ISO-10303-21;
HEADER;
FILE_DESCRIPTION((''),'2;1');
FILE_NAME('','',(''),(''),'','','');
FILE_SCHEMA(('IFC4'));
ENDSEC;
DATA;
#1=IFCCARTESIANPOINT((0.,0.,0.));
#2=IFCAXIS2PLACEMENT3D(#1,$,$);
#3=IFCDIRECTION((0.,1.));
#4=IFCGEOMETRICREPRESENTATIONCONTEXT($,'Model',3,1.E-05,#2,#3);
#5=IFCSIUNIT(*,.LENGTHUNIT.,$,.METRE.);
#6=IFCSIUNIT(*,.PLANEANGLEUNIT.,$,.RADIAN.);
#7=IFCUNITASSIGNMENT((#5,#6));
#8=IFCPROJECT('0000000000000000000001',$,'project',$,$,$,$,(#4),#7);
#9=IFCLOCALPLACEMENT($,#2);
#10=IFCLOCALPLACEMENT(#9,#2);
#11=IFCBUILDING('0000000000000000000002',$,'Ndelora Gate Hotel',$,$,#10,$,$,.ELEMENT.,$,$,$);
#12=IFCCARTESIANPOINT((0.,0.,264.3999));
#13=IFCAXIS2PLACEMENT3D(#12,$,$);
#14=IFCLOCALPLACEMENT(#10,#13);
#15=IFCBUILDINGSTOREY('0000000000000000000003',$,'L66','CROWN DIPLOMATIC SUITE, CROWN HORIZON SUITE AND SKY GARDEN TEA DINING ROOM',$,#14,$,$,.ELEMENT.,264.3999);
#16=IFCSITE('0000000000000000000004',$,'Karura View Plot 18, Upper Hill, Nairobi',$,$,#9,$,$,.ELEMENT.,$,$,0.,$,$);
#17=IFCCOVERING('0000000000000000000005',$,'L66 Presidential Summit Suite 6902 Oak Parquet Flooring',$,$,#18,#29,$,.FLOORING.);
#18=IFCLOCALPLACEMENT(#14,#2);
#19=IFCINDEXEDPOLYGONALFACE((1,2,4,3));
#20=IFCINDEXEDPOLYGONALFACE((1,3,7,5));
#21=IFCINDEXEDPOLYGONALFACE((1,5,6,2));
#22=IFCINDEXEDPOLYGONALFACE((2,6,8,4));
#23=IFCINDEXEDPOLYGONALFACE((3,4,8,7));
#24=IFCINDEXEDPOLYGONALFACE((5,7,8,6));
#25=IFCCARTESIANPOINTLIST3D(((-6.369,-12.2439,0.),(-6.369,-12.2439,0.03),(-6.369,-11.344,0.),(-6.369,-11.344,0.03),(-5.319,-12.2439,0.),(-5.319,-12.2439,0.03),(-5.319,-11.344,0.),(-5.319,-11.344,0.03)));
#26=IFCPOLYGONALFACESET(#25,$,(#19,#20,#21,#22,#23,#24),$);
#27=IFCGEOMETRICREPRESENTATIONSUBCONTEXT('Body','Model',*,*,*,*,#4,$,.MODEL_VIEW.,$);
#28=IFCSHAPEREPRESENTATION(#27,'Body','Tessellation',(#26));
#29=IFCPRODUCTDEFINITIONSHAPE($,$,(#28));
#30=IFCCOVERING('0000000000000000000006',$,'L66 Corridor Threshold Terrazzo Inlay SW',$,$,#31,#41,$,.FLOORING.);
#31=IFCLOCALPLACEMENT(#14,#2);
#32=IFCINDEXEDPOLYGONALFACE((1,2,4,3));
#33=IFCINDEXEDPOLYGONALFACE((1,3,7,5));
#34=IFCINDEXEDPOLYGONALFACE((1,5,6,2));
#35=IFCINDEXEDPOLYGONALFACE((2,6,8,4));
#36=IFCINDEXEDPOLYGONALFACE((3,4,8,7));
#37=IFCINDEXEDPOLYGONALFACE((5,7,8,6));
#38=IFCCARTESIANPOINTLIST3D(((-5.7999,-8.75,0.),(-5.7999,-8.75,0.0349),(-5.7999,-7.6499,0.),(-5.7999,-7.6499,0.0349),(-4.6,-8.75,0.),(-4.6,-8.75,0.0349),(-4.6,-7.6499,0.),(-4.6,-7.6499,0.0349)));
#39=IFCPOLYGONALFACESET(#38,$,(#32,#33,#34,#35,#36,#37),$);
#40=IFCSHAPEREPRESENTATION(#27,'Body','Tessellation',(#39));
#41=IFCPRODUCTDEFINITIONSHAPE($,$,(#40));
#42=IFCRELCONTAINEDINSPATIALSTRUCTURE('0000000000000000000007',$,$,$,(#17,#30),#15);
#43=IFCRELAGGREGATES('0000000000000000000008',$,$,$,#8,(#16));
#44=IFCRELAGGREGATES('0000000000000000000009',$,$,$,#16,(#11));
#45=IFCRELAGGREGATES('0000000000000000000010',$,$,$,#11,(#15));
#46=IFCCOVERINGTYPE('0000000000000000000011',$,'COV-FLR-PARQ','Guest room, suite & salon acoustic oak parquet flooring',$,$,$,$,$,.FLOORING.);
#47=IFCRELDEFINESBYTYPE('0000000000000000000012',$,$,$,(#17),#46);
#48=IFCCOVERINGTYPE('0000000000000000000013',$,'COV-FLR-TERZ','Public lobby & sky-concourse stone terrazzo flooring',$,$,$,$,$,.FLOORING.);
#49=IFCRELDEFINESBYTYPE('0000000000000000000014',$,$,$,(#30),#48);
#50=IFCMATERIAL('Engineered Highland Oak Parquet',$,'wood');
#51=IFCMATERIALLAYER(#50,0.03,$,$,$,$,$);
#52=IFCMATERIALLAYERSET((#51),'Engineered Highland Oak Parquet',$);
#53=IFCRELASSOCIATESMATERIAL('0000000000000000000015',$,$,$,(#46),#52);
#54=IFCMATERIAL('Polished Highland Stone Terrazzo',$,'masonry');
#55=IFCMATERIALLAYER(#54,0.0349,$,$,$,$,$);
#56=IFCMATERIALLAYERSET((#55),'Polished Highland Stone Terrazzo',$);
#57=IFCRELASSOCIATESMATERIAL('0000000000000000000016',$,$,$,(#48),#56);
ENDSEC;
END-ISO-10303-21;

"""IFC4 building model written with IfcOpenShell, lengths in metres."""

from ifc_helpers import new_model, si_unit, direction, frame, origin, origin_2d, place, context, subcontext, project, spatial, rectangle, extrude, material, layer, layer_set, type_object, element, save


model = new_model("IFC4")

# Units and contexts
model_context = context("Model", 3, precision=1e-05, world=origin(), true_north=direction((0.0, 1.0)))
body_context = subcontext(model_context, "Body", "Model", "MODEL_VIEW")
ifc_project = project(units=[si_unit("LENGTHUNIT", "METRE"), si_unit("PLANEANGLEUNIT", "RADIAN")], contexts=[model_context])

# Site, building, storey
site_placement = place(None, origin())
site = spatial("IfcSite", under=ifc_project, at=site_placement, Name="Karura View Plot 18, Upper Hill, Nairobi", CompositionType="ELEMENT", RefElevation=0.0)
building_placement = place(site_placement, origin())
building = spatial("IfcBuilding", under=site, at=building_placement, Name="Ndelora Gate Hotel", CompositionType="ELEMENT")
storey_placement = place(building_placement, frame((0.0, 0.0, 264.3999)))
storey = spatial("IfcBuildingStorey", under=building, at=storey_placement, Name="L66", Description="CROWN DIPLOMATIC SUITE, CROWN HORIZON SUITE AND SKY GARDEN TEA DINING ROOM", CompositionType="ELEMENT", Elevation=264.3999)

# Coverings
ifc_material_1 = material(Name="Engineered Highland Oak Parquet", Category="wood")
ifc_layer_1 = layer(ifc_material_1, 0.03)
ifc_layer_set_1 = layer_set([ifc_layer_1], Name="Engineered Highland Oak Parquet")
covering_type_1 = type_object("IfcCoveringType", Name="COV-FLR-PARQ", Description="Guest room, suite & salon acoustic oak parquet flooring", PredefinedType="FLOORING", material=ifc_layer_set_1)
covering_1_placement = place(storey_placement, frame((-5.844, -11.7939, 0.0), z_axis=(0.0, 0.0, 1.0), x_axis=(1.0, 0.0, 0.0)))
element("IfcCovering", 1, at=covering_1_placement, inside=storey, type_object=covering_type_1, Name="L66 Presidential Summit Suite 6902 Oak Parquet Flooring", PredefinedType="FLOORING", context=body_context, shape_type="SweptSolid", body=[
    extrude(rectangle(XDim=1.05, YDim=0.8999, at=origin_2d()), origin(), (0.0, 0.0, 1.0), 0.03),
])
ifc_material_2 = material(Name="Polished Highland Stone Terrazzo", Category="masonry")
ifc_layer_2 = layer(ifc_material_2, 0.0349)
ifc_layer_set_2 = layer_set([ifc_layer_2], Name="Polished Highland Stone Terrazzo")
covering_type_2 = type_object("IfcCoveringType", Name="COV-FLR-TERZ", Description="Public lobby & sky-concourse stone terrazzo flooring", PredefinedType="FLOORING", material=ifc_layer_set_2)
covering_2_placement = place(storey_placement, frame((-5.2, -8.2, 0.0), z_axis=(0.0, 0.0, 1.0), x_axis=(1.0, 0.0, 0.0)))
element("IfcCovering", 2, at=covering_2_placement, inside=storey, type_object=covering_type_2, Name="L66 Corridor Threshold Terrazzo Inlay SW", PredefinedType="FLOORING", context=body_context, shape_type="SweptSolid", body=[
    extrude(rectangle(XDim=1.2, YDim=1.1001, at=origin_2d()), origin(), (0.0, 0.0, 1.0), 0.0349),
])

save(model, "model.ifc")
